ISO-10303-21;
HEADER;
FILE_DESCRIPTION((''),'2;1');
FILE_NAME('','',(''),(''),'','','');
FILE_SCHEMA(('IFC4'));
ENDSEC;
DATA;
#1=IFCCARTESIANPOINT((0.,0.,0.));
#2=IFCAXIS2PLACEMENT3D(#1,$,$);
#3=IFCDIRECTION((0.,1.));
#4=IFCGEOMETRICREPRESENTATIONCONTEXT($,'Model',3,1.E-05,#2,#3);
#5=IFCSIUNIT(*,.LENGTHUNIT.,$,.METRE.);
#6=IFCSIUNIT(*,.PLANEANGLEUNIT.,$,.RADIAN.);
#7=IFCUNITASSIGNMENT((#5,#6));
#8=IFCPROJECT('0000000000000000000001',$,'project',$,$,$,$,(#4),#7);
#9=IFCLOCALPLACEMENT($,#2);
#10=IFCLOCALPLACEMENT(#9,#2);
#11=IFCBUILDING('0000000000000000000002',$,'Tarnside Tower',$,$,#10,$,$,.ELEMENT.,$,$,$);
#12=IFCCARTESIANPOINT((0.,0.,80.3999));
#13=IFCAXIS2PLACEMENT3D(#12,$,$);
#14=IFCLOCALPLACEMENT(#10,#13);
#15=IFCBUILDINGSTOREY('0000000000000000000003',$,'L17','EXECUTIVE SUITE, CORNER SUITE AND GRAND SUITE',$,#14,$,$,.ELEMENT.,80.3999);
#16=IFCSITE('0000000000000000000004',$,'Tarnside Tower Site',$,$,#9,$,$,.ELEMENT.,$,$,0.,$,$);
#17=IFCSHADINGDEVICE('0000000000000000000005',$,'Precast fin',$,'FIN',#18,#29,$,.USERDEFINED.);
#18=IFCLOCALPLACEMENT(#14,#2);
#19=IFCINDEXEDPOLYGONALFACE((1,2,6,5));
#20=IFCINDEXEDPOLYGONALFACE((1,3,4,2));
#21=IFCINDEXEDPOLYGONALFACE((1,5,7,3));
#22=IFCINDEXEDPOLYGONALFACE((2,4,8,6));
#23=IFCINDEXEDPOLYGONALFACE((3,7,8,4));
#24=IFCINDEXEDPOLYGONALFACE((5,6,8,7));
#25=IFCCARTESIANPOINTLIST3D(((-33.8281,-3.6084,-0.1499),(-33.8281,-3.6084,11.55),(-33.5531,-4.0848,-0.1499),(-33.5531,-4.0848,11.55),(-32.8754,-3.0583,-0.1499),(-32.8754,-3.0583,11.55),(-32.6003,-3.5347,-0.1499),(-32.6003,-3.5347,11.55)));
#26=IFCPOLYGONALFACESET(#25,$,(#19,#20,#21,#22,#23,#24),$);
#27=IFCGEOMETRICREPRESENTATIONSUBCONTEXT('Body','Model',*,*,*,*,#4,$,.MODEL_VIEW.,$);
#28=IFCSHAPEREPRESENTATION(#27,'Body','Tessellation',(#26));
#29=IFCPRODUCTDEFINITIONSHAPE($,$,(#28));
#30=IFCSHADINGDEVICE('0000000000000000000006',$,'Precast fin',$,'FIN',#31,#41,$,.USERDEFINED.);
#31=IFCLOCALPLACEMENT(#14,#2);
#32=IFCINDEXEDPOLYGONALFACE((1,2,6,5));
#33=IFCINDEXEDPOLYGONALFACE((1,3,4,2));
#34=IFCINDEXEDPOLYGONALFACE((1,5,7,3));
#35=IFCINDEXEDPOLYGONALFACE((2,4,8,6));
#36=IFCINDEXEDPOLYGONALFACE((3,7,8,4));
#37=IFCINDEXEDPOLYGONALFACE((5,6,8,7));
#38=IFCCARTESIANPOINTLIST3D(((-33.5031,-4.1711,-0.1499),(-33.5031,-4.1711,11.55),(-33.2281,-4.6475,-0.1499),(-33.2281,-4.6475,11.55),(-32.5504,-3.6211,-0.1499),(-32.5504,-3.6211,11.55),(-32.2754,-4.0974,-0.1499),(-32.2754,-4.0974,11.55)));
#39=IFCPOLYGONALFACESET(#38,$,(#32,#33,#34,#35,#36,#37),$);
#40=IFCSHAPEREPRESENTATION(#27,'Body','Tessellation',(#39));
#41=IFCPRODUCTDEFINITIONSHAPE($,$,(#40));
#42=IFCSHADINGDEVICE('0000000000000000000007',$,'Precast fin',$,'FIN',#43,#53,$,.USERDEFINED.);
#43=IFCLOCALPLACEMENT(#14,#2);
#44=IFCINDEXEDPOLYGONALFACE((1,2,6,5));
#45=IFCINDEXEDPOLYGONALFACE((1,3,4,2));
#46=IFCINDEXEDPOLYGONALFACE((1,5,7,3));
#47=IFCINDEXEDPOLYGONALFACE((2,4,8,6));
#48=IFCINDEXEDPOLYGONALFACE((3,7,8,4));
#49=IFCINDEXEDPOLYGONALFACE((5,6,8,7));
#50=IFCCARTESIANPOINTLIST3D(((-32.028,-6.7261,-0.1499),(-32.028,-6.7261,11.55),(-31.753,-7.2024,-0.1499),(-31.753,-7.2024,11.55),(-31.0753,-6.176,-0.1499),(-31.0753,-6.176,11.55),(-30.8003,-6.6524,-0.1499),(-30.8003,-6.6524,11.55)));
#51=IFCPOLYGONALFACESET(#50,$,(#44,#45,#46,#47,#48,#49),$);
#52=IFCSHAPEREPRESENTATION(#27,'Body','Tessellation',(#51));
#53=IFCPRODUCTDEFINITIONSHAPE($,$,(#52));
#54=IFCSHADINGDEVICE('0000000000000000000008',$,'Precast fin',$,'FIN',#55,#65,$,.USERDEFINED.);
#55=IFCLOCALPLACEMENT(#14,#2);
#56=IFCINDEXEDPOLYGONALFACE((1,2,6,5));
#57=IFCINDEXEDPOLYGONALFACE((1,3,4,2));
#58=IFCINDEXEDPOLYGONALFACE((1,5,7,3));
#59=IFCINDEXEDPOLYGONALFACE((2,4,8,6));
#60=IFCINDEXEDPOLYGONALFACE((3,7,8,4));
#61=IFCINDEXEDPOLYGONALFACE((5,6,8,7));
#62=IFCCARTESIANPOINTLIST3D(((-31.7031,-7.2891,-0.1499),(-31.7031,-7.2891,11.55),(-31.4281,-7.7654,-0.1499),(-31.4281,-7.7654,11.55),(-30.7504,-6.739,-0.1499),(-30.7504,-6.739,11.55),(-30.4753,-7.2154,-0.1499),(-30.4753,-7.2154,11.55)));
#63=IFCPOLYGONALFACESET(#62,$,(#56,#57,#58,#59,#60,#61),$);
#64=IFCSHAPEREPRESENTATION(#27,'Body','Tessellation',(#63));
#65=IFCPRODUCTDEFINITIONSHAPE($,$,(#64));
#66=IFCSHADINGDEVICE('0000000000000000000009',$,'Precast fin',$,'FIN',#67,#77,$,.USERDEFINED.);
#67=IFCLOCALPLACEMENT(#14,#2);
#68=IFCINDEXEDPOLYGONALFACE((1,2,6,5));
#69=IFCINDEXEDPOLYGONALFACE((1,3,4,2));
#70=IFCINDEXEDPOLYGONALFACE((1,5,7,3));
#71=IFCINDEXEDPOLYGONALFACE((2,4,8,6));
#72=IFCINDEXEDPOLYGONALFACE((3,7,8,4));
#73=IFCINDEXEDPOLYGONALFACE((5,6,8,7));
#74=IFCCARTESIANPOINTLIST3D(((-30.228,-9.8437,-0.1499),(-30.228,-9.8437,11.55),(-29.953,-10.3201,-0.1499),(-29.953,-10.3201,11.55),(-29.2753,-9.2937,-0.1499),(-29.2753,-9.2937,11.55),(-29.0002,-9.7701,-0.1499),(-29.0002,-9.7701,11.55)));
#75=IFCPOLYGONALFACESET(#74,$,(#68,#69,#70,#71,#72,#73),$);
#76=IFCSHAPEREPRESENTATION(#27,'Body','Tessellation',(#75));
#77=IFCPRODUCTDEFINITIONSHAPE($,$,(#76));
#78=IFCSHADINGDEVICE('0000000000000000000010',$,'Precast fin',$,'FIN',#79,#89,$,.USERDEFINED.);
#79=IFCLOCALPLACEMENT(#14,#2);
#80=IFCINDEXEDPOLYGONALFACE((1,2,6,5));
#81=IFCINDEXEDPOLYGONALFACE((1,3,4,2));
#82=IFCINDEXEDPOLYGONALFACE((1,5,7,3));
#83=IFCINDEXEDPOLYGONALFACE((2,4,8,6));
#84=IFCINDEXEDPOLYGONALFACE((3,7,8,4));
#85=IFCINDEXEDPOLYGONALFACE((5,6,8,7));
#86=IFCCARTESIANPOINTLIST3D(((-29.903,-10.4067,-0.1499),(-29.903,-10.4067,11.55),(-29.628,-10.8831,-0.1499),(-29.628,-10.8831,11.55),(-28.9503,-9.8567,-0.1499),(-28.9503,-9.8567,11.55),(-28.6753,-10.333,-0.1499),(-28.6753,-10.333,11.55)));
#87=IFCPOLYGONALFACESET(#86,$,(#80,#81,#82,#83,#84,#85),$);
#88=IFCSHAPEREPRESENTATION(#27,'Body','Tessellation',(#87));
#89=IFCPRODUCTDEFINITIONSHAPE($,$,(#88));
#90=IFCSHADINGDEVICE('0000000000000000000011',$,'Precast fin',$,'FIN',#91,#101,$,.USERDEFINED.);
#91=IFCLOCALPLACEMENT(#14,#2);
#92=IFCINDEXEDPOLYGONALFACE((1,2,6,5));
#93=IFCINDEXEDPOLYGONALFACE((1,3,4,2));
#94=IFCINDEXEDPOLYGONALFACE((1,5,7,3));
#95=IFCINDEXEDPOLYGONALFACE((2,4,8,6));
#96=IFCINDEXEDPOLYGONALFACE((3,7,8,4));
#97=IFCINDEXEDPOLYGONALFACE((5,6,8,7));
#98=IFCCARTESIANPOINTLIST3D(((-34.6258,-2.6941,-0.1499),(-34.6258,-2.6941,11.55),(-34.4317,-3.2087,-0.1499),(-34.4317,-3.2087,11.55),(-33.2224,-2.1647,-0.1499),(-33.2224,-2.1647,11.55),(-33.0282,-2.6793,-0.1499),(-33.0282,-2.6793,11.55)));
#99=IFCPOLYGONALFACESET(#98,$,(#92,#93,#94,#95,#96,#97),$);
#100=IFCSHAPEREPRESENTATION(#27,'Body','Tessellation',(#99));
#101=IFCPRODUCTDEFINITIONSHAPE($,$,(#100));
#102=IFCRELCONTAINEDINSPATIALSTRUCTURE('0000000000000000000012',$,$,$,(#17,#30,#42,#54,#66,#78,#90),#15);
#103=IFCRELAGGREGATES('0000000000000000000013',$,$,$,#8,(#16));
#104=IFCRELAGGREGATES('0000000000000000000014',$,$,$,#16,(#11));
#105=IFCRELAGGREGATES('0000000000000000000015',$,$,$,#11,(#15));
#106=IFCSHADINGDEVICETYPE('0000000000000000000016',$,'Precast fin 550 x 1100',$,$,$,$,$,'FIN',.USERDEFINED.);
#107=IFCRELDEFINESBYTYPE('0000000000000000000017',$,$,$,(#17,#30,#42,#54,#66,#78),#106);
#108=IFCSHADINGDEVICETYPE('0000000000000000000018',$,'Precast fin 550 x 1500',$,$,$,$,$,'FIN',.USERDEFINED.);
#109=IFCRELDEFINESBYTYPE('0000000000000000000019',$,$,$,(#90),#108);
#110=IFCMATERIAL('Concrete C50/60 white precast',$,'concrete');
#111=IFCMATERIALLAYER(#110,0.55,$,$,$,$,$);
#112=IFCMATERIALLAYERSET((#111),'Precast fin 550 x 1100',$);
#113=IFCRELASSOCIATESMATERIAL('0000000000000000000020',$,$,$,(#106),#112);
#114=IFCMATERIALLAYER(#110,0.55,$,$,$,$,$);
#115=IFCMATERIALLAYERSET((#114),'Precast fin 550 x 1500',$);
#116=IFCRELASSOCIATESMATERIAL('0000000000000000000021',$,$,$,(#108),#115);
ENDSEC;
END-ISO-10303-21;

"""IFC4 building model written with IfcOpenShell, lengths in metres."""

from ifc_helpers import new_model, si_unit, direction, frame, origin, place, context, subcontext, project, spatial, polyline, outline, extrude, material, layer, layer_set, type_object, element, save


model = new_model("IFC4")

# Units and contexts
model_context = context("Model", 3, precision=1e-05, world=origin(), true_north=direction((0.0, 1.0)))
body_context = subcontext(model_context, "Body", "Model", "MODEL_VIEW")
ifc_project = project(units=[si_unit("LENGTHUNIT", "METRE"), si_unit("PLANEANGLEUNIT", "RADIAN")], contexts=[model_context])

# Site, building, storey
site_placement = place(None, origin())
site = spatial("IfcSite", under=ifc_project, at=site_placement, Name="Tarnside Tower Site", CompositionType="ELEMENT", RefElevation=0.0)
building_placement = place(site_placement, origin())
building = spatial("IfcBuilding", under=site, at=building_placement, Name="Tarnside Tower", CompositionType="ELEMENT")
storey_placement = place(building_placement, frame((0.0, 0.0, 80.3999)))
storey = spatial("IfcBuildingStorey", under=building, at=storey_placement, Name="L17", Description="EXECUTIVE SUITE, CORNER SUITE AND GRAND SUITE", CompositionType="ELEMENT", Elevation=80.3999)

# Shading devices
ifc_material_1 = material(Name="Concrete C50/60 white precast", Category="concrete")
ifc_layer_1 = layer(ifc_material_1, 0.55)
ifc_layer_set_1 = layer_set([ifc_layer_1], Name="Precast fin 550 x 1100")
shading_device_type_1 = type_object("IfcShadingDeviceType", Name="Precast fin 550 x 1100", ElementType="FIN", PredefinedType="USERDEFINED", material=ifc_layer_set_1)
for number, where, z_axis, x_axis, name in (
    (1, (-32.7378, -3.2966, -0.1499), (-0.5, 0.866025, 0.0), (-0.866025, -0.5, 0.0), "Precast fin"),
    (2, (-32.4128, -3.8594, -0.1499), (-0.5, 0.866025, 0.0), (-0.866025, -0.5, 0.0), "Precast fin"),
    (3, (-30.9377, -6.4143, -0.1499), (-0.5, 0.866025, 0.0), (-0.866025, -0.5, 0.0), "Precast fin"),
    (4, (-30.6128, -6.9773, -0.1499), (-0.5, 0.866025, 0.0), (-0.866025, -0.5, 0.0), "Precast fin"),
    (5, (-29.1377, -9.532, -0.1499), (-0.5, 0.866025, 0.0), (-0.866025, -0.5, 0.0), "Precast fin"),
    (6, (-28.8127, -10.095, -0.1499), (-0.5, 0.866025, 0.0), (-0.866025, -0.5, 0.0), "Precast fin"),
):
    element("IfcShadingDevice", number, at=place(storey_placement, frame(where, z_axis=z_axis, x_axis=x_axis)), inside=storey, type_object=shading_device_type_1, Name=name, ObjectType="FIN", PredefinedType="USERDEFINED", context=body_context, shape_type="SweptSolid", body=[
        extrude(outline(polyline([(0.0, 0.0), (1.1001, 0.0), (1.1001, 11.7), (0.0, 11.7), (0.0, 0.0)])), frame((0.0, 0.0, -0.2749)), (0.0, 0.0, 1.0), 0.55),
    ])
ifc_layer_2 = layer(ifc_material_1, 0.55)
ifc_layer_set_2 = layer_set([ifc_layer_2], Name="Precast fin 550 x 1500")
shading_device_type_2 = type_object("IfcShadingDeviceType", Name="Precast fin 550 x 1500", ElementType="FIN", PredefinedType="USERDEFINED", material=ifc_layer_set_2)
shading_device_placement = place(storey_placement, frame((-33.1252, -2.4221, -0.1499), z_axis=(-0.352931, 0.93565, 0.0), x_axis=(-0.93565, -0.352931, 0.0)))
element("IfcShadingDevice", 7, at=shading_device_placement, inside=storey, type_object=shading_device_type_2, Name="Precast fin", ObjectType="FIN", PredefinedType="USERDEFINED", context=body_context, shape_type="SweptSolid", body=[
    extrude(outline(polyline([(0.0, 0.0), (1.5, 0.0), (1.5, 11.7), (0.0, 11.7), (0.0, 0.0)])), frame((0.0, 0.0, -0.2749)), (0.0, 0.0, 1.0), 0.55),
])

save(model, "model.ifc")
